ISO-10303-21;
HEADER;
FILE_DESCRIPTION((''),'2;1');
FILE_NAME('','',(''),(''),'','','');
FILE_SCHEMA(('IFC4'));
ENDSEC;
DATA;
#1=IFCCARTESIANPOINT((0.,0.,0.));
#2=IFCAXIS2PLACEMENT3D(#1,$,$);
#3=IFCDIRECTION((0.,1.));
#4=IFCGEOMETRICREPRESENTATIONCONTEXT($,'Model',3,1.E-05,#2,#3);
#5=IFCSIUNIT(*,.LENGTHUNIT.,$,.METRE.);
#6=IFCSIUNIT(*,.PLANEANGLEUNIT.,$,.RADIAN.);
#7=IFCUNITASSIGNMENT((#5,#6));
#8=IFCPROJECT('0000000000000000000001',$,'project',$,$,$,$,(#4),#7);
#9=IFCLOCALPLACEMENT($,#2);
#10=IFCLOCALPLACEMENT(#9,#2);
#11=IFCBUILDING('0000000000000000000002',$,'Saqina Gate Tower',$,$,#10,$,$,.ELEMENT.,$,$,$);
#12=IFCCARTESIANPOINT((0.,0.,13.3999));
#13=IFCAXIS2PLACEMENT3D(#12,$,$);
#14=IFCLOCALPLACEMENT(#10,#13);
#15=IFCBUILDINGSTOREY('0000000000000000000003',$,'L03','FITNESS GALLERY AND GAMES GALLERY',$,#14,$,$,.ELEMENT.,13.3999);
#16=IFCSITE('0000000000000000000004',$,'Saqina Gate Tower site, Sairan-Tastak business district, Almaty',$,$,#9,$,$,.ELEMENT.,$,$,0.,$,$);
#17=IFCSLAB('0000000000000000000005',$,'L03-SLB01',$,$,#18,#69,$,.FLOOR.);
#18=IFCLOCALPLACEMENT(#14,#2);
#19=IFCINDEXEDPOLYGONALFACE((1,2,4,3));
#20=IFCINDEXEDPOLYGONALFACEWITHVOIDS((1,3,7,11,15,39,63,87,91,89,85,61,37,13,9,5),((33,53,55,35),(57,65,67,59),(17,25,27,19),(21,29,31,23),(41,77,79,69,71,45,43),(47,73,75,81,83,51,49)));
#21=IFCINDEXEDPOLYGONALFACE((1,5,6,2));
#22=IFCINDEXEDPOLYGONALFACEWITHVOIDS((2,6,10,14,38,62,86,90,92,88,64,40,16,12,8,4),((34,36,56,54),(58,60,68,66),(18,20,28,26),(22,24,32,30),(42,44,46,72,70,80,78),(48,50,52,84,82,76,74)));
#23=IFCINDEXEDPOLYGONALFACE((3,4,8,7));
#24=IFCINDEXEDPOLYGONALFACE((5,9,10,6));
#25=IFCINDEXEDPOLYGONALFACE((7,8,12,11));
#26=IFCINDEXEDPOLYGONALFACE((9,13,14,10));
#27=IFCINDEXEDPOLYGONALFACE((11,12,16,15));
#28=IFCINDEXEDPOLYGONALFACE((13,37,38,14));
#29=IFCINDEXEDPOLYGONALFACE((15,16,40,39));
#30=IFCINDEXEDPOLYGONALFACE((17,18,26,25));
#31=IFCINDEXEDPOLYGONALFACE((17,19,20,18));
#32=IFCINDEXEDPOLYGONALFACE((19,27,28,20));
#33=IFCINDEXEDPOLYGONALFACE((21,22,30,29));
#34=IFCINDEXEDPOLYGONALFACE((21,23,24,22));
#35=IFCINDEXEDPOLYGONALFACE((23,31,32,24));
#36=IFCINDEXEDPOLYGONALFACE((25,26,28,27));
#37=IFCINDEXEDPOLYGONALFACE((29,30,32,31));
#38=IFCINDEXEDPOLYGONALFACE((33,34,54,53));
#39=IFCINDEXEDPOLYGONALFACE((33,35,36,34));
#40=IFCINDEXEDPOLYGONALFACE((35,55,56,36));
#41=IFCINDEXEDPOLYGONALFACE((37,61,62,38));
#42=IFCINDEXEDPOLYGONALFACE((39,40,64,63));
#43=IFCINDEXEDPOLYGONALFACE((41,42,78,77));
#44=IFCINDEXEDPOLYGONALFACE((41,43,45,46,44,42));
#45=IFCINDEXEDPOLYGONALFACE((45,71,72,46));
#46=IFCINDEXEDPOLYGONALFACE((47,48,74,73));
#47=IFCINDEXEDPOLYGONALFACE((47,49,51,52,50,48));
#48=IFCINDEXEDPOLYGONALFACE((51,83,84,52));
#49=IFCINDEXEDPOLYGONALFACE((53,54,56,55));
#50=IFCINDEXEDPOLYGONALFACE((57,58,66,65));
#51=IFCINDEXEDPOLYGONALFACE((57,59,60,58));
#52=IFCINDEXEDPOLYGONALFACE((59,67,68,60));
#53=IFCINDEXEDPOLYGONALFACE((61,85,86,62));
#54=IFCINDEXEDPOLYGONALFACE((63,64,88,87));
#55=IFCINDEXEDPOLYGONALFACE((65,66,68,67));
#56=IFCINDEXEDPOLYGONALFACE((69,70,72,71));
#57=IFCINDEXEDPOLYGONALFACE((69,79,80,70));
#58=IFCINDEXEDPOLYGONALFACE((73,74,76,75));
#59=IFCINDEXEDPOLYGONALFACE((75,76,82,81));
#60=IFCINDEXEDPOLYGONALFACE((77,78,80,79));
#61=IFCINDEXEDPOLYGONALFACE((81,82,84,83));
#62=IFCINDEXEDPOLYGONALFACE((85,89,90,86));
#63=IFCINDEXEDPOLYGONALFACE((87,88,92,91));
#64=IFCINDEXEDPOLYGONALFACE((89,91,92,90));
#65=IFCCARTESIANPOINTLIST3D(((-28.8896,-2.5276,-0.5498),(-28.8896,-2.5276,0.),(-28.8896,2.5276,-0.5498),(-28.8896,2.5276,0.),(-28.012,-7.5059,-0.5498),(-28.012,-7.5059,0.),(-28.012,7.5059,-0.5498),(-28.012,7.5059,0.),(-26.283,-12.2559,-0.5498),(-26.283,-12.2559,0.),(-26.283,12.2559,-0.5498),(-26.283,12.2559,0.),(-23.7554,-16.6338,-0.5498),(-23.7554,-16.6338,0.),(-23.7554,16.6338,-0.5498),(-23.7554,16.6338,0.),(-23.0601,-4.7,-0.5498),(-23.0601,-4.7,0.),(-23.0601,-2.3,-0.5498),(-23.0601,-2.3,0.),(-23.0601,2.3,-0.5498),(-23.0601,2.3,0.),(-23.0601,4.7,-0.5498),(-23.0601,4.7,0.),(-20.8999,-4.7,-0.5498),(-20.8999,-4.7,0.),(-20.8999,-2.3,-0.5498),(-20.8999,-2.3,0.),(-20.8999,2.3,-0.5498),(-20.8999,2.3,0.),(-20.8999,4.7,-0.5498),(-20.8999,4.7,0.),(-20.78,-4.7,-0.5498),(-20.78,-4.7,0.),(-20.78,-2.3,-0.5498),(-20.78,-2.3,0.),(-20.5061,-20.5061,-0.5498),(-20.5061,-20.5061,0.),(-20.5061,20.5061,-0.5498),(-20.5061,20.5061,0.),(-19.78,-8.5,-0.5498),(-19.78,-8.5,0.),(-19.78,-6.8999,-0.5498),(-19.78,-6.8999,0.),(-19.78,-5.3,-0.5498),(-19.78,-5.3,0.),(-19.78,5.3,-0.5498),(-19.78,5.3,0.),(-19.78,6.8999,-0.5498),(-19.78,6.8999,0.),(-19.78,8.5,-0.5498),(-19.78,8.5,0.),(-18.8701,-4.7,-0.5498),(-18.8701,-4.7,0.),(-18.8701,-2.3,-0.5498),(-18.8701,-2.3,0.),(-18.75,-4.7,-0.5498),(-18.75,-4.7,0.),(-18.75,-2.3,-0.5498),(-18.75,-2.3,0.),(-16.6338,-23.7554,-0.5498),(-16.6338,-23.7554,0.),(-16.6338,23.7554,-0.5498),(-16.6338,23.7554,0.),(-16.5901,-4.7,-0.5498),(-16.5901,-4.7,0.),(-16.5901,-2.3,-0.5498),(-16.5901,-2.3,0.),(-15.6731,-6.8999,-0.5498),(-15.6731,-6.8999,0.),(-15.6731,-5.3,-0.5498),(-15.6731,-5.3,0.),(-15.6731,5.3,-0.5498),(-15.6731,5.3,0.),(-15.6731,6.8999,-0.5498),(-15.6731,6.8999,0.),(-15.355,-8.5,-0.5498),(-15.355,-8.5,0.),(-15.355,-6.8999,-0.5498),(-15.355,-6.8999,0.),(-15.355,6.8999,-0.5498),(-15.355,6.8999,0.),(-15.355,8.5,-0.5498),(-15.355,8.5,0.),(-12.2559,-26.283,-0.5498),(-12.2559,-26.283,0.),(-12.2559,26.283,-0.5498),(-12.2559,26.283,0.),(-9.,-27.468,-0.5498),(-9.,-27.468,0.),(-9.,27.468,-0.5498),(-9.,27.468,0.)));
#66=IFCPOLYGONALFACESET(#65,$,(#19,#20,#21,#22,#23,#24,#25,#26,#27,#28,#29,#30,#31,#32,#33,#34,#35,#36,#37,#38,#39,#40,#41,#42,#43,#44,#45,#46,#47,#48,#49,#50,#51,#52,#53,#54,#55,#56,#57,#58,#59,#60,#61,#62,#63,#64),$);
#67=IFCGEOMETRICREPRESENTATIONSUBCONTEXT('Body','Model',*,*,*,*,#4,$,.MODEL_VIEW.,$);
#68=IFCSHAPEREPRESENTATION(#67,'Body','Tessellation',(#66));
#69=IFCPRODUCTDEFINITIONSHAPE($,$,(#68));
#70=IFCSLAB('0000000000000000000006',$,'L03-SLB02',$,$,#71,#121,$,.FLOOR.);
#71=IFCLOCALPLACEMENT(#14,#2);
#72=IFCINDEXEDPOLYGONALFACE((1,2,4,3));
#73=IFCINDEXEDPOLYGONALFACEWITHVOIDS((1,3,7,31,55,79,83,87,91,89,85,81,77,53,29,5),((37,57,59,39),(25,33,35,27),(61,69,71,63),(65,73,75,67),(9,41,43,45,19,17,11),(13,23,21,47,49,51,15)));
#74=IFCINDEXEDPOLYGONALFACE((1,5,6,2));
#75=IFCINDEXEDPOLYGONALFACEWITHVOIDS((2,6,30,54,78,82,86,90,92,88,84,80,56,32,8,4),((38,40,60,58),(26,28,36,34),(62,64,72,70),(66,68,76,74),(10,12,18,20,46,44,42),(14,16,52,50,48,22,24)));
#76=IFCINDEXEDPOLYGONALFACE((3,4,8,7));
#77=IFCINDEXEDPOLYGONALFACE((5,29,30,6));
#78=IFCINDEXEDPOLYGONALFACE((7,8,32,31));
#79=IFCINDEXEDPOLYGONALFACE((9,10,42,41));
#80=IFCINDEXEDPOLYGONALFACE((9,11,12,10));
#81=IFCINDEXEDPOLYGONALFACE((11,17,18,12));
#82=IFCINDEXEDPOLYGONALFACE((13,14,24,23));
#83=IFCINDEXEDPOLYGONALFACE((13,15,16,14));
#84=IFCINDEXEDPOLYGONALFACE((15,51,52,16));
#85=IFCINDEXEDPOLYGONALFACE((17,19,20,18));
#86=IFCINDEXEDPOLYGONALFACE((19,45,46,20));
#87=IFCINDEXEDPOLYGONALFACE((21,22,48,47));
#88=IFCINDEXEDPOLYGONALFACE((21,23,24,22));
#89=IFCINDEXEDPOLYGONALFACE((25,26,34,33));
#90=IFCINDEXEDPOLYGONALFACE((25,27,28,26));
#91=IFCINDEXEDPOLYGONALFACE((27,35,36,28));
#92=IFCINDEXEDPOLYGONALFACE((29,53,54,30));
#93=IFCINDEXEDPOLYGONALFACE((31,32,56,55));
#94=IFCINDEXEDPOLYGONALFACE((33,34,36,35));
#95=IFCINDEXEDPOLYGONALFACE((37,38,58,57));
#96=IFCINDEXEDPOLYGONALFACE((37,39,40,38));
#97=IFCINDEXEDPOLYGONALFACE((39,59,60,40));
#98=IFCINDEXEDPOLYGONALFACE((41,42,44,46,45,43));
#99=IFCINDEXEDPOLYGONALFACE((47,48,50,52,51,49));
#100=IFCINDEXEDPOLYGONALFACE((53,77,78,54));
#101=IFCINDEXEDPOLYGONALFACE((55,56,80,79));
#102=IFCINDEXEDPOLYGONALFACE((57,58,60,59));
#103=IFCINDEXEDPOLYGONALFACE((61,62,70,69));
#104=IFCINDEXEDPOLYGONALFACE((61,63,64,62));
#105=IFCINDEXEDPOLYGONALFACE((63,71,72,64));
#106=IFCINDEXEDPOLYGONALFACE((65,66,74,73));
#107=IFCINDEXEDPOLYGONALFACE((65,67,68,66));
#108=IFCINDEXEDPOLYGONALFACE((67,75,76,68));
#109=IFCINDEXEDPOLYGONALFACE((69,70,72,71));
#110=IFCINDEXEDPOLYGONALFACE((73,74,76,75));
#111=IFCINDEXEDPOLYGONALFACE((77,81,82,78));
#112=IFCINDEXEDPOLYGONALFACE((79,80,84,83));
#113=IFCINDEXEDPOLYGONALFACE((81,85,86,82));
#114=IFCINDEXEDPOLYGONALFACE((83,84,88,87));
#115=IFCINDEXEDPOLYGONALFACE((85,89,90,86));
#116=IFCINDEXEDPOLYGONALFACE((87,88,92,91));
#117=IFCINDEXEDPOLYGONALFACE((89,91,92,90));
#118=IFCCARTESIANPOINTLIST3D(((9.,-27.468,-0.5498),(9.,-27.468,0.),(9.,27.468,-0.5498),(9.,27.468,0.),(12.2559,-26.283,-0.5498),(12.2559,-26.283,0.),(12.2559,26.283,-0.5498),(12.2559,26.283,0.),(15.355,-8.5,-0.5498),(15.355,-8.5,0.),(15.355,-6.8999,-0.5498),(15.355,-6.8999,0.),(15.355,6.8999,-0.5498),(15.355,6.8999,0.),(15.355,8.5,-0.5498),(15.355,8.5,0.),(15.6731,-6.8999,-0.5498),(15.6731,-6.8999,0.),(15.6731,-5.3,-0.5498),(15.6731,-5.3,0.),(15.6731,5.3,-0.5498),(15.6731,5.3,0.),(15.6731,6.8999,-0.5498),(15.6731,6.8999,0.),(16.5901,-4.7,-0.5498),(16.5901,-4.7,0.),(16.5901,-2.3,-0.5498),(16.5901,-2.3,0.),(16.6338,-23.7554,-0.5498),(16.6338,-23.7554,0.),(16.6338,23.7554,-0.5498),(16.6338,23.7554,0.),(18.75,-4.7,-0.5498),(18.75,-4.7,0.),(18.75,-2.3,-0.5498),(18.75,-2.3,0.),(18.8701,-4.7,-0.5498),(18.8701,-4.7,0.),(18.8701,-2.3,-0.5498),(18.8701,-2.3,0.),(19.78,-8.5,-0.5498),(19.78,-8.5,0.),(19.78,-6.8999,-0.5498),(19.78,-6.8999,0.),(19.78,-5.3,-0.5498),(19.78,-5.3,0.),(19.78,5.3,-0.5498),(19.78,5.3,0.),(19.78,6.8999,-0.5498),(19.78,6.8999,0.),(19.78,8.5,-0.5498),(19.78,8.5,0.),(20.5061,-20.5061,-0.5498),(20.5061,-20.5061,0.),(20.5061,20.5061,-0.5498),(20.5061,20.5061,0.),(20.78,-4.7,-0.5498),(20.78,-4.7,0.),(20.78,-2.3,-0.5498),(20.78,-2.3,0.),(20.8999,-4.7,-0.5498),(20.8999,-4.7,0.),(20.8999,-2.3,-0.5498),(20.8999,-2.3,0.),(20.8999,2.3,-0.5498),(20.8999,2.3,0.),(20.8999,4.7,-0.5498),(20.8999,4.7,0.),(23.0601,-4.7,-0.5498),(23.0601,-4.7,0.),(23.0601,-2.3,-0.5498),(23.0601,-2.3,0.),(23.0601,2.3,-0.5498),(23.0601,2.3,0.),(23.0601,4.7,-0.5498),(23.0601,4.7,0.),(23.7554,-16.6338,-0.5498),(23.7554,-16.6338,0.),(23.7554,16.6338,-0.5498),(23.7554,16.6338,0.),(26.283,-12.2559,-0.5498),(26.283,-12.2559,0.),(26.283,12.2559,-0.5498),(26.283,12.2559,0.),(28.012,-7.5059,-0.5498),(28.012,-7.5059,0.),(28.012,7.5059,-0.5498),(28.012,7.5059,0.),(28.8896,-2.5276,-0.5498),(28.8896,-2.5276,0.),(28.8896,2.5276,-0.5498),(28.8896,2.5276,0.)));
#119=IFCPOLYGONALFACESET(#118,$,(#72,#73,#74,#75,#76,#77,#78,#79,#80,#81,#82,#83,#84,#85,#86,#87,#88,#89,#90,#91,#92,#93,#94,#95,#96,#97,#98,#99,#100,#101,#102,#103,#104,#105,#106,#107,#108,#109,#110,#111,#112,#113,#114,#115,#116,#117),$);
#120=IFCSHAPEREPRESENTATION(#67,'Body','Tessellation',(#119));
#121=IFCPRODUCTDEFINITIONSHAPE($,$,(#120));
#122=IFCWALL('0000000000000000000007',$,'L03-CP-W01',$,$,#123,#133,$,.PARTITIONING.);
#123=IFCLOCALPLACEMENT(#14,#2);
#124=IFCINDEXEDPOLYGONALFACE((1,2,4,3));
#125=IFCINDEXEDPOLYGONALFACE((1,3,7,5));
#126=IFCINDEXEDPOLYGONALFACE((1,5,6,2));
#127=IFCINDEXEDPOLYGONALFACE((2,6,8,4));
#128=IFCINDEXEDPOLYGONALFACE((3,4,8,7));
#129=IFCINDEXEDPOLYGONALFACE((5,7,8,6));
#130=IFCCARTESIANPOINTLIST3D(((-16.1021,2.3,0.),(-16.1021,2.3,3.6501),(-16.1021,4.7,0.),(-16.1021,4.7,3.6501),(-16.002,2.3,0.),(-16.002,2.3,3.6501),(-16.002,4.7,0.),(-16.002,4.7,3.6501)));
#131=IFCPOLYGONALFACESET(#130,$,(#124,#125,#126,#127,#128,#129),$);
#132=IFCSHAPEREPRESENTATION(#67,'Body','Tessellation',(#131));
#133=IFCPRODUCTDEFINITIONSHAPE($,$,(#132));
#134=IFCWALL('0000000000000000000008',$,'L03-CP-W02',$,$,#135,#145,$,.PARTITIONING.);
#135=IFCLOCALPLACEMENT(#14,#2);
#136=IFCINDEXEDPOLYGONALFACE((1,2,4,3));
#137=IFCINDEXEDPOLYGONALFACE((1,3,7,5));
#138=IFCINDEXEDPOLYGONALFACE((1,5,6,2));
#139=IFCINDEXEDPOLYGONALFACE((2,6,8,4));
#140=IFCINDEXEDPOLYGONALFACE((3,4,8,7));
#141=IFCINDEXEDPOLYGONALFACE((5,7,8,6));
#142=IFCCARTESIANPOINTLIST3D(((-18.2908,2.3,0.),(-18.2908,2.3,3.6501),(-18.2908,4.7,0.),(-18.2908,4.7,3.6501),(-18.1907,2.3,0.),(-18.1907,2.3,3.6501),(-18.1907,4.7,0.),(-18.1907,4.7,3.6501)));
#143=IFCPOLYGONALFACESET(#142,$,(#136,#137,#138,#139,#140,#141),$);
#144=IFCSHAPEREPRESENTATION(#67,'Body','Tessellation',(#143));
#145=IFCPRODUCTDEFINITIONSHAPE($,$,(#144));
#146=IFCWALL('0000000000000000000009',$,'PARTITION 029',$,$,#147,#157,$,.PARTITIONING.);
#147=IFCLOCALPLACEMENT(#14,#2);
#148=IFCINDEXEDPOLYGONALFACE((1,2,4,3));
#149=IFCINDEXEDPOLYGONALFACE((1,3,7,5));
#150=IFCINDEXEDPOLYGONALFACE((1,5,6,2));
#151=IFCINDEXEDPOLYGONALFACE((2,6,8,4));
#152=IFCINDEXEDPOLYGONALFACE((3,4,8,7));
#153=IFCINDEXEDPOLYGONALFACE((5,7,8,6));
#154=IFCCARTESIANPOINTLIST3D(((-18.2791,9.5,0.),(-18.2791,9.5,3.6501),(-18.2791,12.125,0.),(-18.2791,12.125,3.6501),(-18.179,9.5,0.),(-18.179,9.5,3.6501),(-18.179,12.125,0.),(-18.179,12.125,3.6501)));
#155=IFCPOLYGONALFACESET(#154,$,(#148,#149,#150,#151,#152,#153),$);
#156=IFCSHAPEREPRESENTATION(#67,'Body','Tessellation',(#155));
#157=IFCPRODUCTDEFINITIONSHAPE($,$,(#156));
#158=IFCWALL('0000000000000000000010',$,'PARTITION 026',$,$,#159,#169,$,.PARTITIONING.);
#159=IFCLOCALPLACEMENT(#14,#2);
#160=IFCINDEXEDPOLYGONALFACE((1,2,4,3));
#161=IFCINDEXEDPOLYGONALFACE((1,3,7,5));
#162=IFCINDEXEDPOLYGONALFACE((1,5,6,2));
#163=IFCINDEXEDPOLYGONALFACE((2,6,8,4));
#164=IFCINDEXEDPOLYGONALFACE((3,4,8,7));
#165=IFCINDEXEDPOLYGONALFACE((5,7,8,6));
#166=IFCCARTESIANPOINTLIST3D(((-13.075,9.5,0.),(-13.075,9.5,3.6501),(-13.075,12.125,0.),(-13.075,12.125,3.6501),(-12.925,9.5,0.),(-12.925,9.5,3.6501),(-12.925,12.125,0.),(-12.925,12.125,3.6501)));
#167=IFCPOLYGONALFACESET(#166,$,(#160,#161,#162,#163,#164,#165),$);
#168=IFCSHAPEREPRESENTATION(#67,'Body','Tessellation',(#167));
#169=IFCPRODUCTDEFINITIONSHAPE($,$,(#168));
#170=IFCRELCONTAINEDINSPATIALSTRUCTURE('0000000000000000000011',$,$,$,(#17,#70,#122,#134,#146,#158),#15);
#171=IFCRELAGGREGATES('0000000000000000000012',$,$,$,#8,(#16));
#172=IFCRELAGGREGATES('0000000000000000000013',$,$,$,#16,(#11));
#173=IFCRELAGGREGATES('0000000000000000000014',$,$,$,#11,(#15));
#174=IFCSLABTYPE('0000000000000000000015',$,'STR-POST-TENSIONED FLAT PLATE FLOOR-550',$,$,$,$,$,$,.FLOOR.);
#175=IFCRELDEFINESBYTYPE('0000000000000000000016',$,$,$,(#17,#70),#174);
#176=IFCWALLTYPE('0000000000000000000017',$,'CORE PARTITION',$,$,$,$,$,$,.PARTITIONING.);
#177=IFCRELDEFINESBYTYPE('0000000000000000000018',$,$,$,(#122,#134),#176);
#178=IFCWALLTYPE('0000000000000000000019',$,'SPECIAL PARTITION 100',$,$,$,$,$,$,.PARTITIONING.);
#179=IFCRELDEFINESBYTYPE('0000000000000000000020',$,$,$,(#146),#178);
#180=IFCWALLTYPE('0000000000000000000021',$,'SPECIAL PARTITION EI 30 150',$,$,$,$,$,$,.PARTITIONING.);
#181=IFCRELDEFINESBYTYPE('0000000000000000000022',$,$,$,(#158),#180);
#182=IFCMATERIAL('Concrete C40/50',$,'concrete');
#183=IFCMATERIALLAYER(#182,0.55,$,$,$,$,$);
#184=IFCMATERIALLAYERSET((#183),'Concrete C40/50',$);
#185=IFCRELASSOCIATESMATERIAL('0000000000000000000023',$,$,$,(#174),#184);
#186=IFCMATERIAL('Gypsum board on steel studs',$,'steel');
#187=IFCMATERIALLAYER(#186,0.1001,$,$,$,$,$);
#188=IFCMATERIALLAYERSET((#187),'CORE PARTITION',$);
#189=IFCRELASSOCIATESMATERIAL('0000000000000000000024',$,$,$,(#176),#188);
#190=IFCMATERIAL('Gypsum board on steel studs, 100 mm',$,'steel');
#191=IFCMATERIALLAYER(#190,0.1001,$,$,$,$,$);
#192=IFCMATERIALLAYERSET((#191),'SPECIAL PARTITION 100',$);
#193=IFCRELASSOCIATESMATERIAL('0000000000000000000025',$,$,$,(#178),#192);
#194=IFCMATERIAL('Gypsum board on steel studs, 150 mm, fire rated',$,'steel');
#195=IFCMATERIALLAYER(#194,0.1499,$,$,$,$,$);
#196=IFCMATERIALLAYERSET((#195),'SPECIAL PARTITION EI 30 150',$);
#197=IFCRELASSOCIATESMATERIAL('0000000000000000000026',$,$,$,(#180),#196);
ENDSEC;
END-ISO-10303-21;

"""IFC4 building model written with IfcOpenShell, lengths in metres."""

from ifc_helpers import new_model, si_unit, direction, frame, frame_2d, origin, place, context, subcontext, project, spatial, polyline, rectangle, outline, extrude, material, layer, layer_set, type_object, element, save


model = new_model("IFC4")

# Units and contexts
model_context = context("Model", 3, precision=1e-05, world=origin(), true_north=direction((0.0, 1.0)))
body_context = subcontext(model_context, "Body", "Model", "MODEL_VIEW")
ifc_project = project(units=[si_unit("LENGTHUNIT", "METRE"), si_unit("PLANEANGLEUNIT", "RADIAN")], contexts=[model_context])

# Site, building, storey
site_placement = place(None, origin())
site = spatial("IfcSite", under=ifc_project, at=site_placement, Name="Saqina Gate Tower site, Sairan-Tastak business district, Almaty", CompositionType="ELEMENT", RefElevation=0.0)
building_placement = place(site_placement, origin())
building = spatial("IfcBuilding", under=site, at=building_placement, Name="Saqina Gate Tower", CompositionType="ELEMENT")
storey_placement = place(building_placement, frame((0.0, 0.0, 13.3999)))
storey = spatial("IfcBuildingStorey", under=building, at=storey_placement, Name="L03", Description="FITNESS GALLERY AND GAMES GALLERY", CompositionType="ELEMENT", Elevation=13.3999)

# Slabs
ifc_material_1 = material(Name="Concrete C40/50", Category="concrete")
ifc_layer_1 = layer(ifc_material_1, 0.55)
ifc_layer_set_1 = layer_set([ifc_layer_1], Name="Concrete C40/50")
slab_type_1 = type_object("IfcSlabType", Name="STR-POST-TENSIONED FLAT PLATE FLOOR-550", PredefinedType="FLOOR", material=ifc_layer_set_1)
slab_1_placement = place(storey_placement, frame((0.0, 0.0, -0.5498)))
element("IfcSlab", 1, at=slab_1_placement, inside=storey, type_object=slab_type_1, Name="L03-SLB01", PredefinedType="FLOOR", context=body_context, shape_type="SweptSolid", body=[
    extrude(outline(polyline([(-16.6338, -23.7554), (-12.2559, -26.283), (-9.0, -27.468), (-9.0, 27.468), (-12.2559, 26.283), (-16.6338, 23.7554), (-20.5061, 20.5061), (-23.7554, 16.6338), (-26.283, 12.2559), (-28.012, 7.5059), (-28.8896, 2.5276), (-28.8896, -2.5276), (-28.012, -7.5059), (-26.283, -12.2559), (-23.7554, -16.6338), (-20.5061, -20.5061), (-16.6338, -23.7554)]), holes=[polyline([(-19.78, -8.5), (-19.78, -6.8999), (-19.78, -5.3), (-15.6731, -5.3), (-15.6731, -6.8999), (-15.355, -6.8999), (-15.355, -8.5), (-19.78, -8.5)]), polyline([(-20.8999, -2.3), (-20.8999, -4.7), (-23.0601, -4.7), (-23.0601, -2.3), (-20.8999, -2.3)]), polyline([(-18.8701, -2.3), (-18.8701, -4.7), (-20.78, -4.7), (-20.78, -2.3), (-18.8701, -2.3)]), polyline([(-16.5901, -2.3), (-16.5901, -4.7), (-18.75, -4.7), (-18.75, -2.3), (-16.5901, -2.3)]), polyline([(-20.8999, 4.7), (-20.8999, 2.3), (-23.0601, 2.3), (-23.0601, 4.7), (-20.8999, 4.7)]), polyline([(-19.78, 6.8999), (-19.78, 8.5), (-15.355, 8.5), (-15.355, 6.8999), (-15.6731, 6.8999), (-15.6731, 5.3), (-19.78, 5.3), (-19.78, 6.8999)])]), origin(), (0.0, 0.0, 1.0), 0.5498),
])
slab_2_placement = place(storey_placement, frame((0.0, 0.0, -0.5498)))
element("IfcSlab", 2, at=slab_2_placement, inside=storey, type_object=slab_type_1, Name="L03-SLB02", PredefinedType="FLOOR", context=body_context, shape_type="SweptSolid", body=[
    extrude(outline(polyline([(26.283, -12.2559), (28.012, -7.5059), (28.8896, -2.5276), (28.8896, 2.5276), (28.012, 7.5059), (26.283, 12.2559), (23.7554, 16.6338), (20.5061, 20.5061), (16.6338, 23.7554), (12.2559, 26.283), (9.0, 27.468), (9.0, -27.468), (12.2559, -26.283), (16.6338, -23.7554), (20.5061, -20.5061), (23.7554, -16.6338), (26.283, -12.2559)]), holes=[polyline([(15.355, -6.8999), (15.6731, -6.8999), (15.6731, -5.3), (19.78, -5.3), (19.78, -6.8999), (19.78, -8.5), (15.355, -8.5), (15.355, -6.8999)]), polyline([(18.75, -2.3), (18.75, -4.7), (16.5901, -4.7), (16.5901, -2.3), (18.75, -2.3)]), polyline([(20.78, -2.3), (20.78, -4.7), (18.8701, -4.7), (18.8701, -2.3), (20.78, -2.3)]), polyline([(23.0601, -2.3), (23.0601, -4.7), (20.8999, -4.7), (20.8999, -2.3), (23.0601, -2.3)]), polyline([(23.0601, 4.7), (23.0601, 2.3), (20.8999, 2.3), (20.8999, 4.7), (23.0601, 4.7)]), polyline([(15.6731, 6.8999), (15.355, 6.8999), (15.355, 8.5), (19.78, 8.5), (19.78, 6.8999), (19.78, 5.3), (15.6731, 5.3), (15.6731, 6.8999)])]), origin(), (0.0, 0.0, 1.0), 0.5498),
])

# Walls
ifc_material_2 = material(Name="Gypsum board on steel studs", Category="steel")
ifc_layer_2 = layer(ifc_material_2, 0.1001)
ifc_layer_set_2 = layer_set([ifc_layer_2], Name="CORE PARTITION")
wall_type_1 = type_object("IfcWallType", Name="CORE PARTITION", PredefinedType="PARTITIONING", material=ifc_layer_set_2)
for number, where, z_axis, x_axis, name in (
    (3, (-16.052, 2.3, 0.0), (0.0, 0.0, 1.0), (0.0, 1.0, 0.0), "L03-CP-W01"),
    (4, (-18.2407, 2.3, 0.0), (0.0, 0.0, 1.0), (0.0, 1.0, 0.0), "L03-CP-W02"),
):
    element("IfcWall", number, at=place(storey_placement, frame(where, z_axis=z_axis, x_axis=x_axis)), inside=storey, type_object=wall_type_1, Name=name, PredefinedType="PARTITIONING", context=body_context, shape_type="SweptSolid", body=[
        extrude(rectangle(XDim=2.3999, YDim=0.1001, at=frame_2d((1.2, 0.0))), origin(), (0.0, 0.0, 1.0), 3.6501),
    ])
ifc_material_3 = material(Name="Gypsum board on steel studs, 100 mm", Category="steel")
ifc_layer_3 = layer(ifc_material_3, 0.1001)
ifc_layer_set_3 = layer_set([ifc_layer_3], Name="SPECIAL PARTITION 100")
wall_type_2 = type_object("IfcWallType", Name="SPECIAL PARTITION 100", PredefinedType="PARTITIONING", material=ifc_layer_set_3)
wall_1_placement = place(storey_placement, frame((-18.229, 9.5, 0.0), z_axis=(0.0, 0.0, 1.0), x_axis=(0.0, 1.0, 0.0)))
element("IfcWall", 5, at=wall_1_placement, inside=storey, type_object=wall_type_2, Name="PARTITION 029", PredefinedType="PARTITIONING", context=body_context, shape_type="SweptSolid", body=[
    extrude(rectangle(XDim=2.625, YDim=0.1001, at=frame_2d((1.3125, 0.0))), origin(), (0.0, 0.0, 1.0), 3.6501),
])
ifc_material_4 = material(Name="Gypsum board on steel studs, 150 mm, fire rated", Category="steel")
ifc_layer_4 = layer(ifc_material_4, 0.1499)
ifc_layer_set_4 = layer_set([ifc_layer_4], Name="SPECIAL PARTITION EI 30 150")
wall_type_3 = type_object("IfcWallType", Name="SPECIAL PARTITION EI 30 150", PredefinedType="PARTITIONING", material=ifc_layer_set_4)
wall_2_placement = place(storey_placement, frame((-13.0, 9.5, 0.0), z_axis=(0.0, 0.0, 1.0), x_axis=(0.0, 1.0, 0.0)))
element("IfcWall", 6, at=wall_2_placement, inside=storey, type_object=wall_type_3, Name="PARTITION 026", PredefinedType="PARTITIONING", context=body_context, shape_type="SweptSolid", body=[
    extrude(rectangle(XDim=2.625, YDim=0.1499, at=frame_2d((1.3125, 0.0))), origin(), (0.0, 0.0, 1.0), 3.6501),
])

save(model, "model.ifc")
